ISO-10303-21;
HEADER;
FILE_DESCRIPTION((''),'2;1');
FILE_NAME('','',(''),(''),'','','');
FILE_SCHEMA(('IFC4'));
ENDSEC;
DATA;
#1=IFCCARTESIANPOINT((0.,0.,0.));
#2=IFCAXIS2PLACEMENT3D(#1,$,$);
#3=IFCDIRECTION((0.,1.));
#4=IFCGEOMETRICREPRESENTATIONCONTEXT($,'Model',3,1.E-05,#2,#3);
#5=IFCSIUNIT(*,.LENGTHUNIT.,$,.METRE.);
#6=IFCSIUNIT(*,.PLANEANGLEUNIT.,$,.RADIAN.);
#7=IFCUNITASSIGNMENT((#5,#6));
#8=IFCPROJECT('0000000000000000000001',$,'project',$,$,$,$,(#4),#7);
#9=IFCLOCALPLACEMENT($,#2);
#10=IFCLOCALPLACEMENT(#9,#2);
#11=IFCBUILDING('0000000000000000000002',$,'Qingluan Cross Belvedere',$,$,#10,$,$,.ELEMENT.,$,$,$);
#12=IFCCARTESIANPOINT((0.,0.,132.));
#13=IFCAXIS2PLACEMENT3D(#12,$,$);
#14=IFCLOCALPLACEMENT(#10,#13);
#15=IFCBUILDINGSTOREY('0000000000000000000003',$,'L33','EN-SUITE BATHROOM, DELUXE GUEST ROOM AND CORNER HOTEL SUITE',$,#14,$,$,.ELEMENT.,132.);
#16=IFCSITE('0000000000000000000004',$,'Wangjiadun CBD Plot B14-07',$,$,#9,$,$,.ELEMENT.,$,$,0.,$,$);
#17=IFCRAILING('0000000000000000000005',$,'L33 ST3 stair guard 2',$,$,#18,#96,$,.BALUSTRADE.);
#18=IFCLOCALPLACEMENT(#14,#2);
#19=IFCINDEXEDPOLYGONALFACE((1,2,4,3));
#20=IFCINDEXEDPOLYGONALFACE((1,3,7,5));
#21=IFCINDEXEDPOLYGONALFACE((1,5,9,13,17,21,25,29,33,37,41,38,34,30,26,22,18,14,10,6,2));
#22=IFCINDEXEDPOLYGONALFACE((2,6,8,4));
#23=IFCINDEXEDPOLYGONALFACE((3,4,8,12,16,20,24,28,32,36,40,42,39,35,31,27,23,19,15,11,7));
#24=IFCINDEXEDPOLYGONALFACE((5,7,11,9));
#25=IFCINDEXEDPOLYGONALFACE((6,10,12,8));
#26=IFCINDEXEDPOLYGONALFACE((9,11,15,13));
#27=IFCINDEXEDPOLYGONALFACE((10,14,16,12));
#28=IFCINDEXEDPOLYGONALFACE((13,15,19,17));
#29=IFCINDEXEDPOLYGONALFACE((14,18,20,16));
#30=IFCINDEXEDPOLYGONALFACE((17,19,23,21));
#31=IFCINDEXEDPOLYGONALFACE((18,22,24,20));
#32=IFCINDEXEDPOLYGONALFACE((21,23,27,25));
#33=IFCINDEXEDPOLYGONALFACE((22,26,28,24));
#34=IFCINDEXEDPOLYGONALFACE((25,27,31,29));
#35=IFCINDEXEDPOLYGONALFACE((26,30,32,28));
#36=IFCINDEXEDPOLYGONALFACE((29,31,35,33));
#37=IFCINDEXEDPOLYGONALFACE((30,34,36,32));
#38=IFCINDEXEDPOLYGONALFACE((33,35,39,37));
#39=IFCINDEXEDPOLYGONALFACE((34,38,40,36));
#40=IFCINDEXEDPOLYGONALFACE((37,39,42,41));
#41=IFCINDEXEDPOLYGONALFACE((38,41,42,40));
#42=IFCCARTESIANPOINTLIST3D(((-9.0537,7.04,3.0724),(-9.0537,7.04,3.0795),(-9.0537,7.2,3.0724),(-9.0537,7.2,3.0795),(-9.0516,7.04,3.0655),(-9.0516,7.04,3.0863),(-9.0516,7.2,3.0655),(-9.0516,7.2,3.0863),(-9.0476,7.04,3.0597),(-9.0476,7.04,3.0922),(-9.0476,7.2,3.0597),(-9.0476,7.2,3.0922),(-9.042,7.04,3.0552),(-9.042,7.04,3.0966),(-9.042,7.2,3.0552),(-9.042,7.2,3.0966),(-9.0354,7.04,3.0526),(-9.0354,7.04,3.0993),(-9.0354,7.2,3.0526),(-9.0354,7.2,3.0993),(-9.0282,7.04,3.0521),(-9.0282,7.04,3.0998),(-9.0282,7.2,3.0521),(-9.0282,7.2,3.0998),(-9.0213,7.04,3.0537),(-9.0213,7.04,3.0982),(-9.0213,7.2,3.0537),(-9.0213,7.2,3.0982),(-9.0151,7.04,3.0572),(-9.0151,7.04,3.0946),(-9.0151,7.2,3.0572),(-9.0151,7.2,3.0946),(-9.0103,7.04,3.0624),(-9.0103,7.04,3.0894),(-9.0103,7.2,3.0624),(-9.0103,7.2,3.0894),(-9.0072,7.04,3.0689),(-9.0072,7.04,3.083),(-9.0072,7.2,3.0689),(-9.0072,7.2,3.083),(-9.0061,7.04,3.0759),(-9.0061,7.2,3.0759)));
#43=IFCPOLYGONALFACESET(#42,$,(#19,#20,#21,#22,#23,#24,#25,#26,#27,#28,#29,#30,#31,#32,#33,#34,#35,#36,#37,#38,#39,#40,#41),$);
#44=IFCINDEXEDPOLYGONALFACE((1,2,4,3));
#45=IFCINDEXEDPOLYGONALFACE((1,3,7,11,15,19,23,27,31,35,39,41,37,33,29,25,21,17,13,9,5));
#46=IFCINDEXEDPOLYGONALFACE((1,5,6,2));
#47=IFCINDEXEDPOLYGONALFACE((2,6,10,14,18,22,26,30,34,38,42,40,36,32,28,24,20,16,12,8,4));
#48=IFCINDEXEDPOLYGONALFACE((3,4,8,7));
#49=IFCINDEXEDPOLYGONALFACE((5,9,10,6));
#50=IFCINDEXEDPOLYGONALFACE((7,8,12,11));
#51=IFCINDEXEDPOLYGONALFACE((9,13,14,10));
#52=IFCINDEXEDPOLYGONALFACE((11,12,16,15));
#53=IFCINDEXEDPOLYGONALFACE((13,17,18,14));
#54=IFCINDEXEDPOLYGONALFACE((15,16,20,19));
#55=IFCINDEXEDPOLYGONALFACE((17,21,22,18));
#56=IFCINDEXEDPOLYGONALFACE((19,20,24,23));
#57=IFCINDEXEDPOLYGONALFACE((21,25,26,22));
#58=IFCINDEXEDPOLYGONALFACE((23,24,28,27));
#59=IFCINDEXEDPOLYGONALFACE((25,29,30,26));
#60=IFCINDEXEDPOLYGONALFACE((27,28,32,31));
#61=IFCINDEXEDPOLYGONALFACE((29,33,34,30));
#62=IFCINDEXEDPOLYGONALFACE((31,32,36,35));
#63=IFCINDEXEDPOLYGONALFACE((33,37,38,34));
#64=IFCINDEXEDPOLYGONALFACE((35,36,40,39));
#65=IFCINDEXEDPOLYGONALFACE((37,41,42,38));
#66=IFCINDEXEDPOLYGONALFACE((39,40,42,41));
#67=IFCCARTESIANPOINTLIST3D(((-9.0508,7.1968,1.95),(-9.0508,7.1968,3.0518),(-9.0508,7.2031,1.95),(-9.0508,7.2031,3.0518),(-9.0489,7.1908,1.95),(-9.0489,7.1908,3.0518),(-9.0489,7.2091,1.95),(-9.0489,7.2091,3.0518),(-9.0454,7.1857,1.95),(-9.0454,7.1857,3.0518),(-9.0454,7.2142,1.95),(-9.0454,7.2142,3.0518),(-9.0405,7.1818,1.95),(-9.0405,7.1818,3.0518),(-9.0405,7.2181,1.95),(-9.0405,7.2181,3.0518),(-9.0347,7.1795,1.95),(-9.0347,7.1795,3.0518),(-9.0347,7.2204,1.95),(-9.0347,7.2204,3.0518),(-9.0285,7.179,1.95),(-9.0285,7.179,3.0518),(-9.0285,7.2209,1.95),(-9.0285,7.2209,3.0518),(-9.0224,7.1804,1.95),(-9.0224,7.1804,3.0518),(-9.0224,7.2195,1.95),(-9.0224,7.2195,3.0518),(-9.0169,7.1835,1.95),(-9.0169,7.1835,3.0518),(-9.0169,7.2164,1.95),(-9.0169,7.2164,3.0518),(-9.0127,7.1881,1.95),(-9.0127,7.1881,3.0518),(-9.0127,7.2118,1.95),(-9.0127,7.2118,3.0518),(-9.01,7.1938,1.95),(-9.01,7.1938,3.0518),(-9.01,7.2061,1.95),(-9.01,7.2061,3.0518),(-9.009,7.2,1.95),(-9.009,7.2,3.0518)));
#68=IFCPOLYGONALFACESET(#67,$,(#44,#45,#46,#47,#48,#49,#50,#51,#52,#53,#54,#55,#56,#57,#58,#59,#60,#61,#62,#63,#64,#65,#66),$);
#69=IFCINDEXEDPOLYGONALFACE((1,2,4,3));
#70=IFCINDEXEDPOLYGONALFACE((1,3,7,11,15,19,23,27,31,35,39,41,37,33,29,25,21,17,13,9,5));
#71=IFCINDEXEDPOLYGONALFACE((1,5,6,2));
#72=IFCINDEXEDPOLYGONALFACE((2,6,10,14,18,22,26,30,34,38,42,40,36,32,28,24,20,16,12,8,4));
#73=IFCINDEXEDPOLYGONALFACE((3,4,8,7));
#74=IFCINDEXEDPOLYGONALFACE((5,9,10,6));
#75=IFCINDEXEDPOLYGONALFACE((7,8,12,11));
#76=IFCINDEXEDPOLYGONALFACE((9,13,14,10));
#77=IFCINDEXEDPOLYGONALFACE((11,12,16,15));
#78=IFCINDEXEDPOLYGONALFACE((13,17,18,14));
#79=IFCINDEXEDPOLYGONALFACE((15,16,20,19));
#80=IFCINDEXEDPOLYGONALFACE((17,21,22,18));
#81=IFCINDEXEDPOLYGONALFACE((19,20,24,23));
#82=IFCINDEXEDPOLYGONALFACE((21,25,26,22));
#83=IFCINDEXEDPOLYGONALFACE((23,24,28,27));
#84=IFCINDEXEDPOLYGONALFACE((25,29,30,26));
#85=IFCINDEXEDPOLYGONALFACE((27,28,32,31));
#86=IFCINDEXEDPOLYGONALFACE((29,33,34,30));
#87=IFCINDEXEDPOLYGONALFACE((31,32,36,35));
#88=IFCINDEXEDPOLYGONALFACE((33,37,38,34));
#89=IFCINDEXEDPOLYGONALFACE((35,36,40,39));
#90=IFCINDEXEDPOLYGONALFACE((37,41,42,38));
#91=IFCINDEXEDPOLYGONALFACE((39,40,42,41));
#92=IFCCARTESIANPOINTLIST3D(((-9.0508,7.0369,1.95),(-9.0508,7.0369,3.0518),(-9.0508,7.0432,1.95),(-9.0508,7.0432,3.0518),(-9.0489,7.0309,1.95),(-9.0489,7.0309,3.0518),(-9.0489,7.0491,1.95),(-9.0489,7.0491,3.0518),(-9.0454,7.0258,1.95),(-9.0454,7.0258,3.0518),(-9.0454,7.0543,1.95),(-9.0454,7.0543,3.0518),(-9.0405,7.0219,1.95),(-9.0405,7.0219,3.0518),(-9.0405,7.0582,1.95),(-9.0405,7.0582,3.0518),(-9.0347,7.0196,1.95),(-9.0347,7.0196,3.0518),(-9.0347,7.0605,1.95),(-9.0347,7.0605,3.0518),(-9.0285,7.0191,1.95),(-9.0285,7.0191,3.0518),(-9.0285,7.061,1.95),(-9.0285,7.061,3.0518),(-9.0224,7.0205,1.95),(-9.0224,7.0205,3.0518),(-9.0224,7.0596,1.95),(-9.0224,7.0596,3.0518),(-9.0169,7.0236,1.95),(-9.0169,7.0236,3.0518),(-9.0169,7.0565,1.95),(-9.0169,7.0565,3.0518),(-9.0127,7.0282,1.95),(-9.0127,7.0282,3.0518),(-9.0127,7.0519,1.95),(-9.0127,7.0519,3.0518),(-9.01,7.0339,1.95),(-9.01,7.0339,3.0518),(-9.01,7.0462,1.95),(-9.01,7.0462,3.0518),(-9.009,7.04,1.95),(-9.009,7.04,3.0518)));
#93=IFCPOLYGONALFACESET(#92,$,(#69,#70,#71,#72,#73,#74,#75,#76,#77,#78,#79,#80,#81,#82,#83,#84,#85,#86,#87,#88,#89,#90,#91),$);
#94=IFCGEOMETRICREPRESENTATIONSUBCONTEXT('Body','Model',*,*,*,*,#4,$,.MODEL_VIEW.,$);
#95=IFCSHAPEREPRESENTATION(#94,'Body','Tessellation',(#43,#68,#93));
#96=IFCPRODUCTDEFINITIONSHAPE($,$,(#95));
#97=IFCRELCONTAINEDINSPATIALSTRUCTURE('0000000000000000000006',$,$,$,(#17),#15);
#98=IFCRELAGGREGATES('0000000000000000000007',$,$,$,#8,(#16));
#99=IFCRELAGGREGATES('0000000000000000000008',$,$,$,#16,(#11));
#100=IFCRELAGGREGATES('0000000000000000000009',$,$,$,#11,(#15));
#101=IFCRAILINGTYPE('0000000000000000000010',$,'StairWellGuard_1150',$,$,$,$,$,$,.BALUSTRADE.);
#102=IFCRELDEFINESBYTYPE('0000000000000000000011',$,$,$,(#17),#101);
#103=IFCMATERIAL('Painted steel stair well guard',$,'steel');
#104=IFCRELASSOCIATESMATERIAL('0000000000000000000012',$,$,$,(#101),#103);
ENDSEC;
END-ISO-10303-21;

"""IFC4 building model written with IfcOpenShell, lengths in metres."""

from ifc_helpers import new_model, si_unit, direction, frame, origin, origin_2d, place, context, subcontext, project, spatial, circle, extrude, material, type_object, element, save


model = new_model("IFC4")

# Units and contexts
model_context = context("Model", 3, precision=1e-05, world=origin(), true_north=direction((0.0, 1.0)))
body_context = subcontext(model_context, "Body", "Model", "MODEL_VIEW")
ifc_project = project(units=[si_unit("LENGTHUNIT", "METRE"), si_unit("PLANEANGLEUNIT", "RADIAN")], contexts=[model_context])

# Site, building, storey
site_placement = place(None, origin())
site = spatial("IfcSite", under=ifc_project, at=site_placement, Name="Wangjiadun CBD Plot B14-07", CompositionType="ELEMENT", RefElevation=0.0)
building_placement = place(site_placement, origin())
building = spatial("IfcBuilding", under=site, at=building_placement, Name="Qingluan Cross Belvedere", CompositionType="ELEMENT")
storey_placement = place(building_placement, frame((0.0, 0.0, 132.0)))
storey = spatial("IfcBuildingStorey", under=building, at=storey_placement, Name="L33", Description="EN-SUITE BATHROOM, DELUXE GUEST ROOM AND CORNER HOTEL SUITE", CompositionType="ELEMENT", Elevation=132.0)

# Railing
ifc_material_1 = material(Name="Painted steel stair well guard", Category="steel")
railing_type_1 = type_object("IfcRailingType", Name="StairWellGuard_1150", PredefinedType="BALUSTRADE", material=ifc_material_1)
railing_1_placement = place(storey_placement, frame((-9.03, 7.2, 1.95)))
element("IfcRailing", 1, at=railing_1_placement, inside=storey, type_object=railing_type_1, Name="L33 ST3 stair guard 2", PredefinedType="BALUSTRADE", context=body_context, shape_type="SweptSolid", body=[
    extrude(circle(Radius=0.0239, at=origin_2d()), frame((0.0, 0.0, 1.126), z_axis=(0.0, -1.0, 0.0), x_axis=(1.0, 0.0, 0.0)), (0.0, 0.0, 1.0), 0.1599),
    extrude(circle(Radius=0.021, at=origin_2d()), origin(), (0.0, 0.0, 1.0), 1.1018),
    extrude(circle(Radius=0.021, at=origin_2d()), frame((0.0, -0.1599, 0.0)), (0.0, 0.0, 1.0), 1.1018),
])

save(model, "model.ifc")
